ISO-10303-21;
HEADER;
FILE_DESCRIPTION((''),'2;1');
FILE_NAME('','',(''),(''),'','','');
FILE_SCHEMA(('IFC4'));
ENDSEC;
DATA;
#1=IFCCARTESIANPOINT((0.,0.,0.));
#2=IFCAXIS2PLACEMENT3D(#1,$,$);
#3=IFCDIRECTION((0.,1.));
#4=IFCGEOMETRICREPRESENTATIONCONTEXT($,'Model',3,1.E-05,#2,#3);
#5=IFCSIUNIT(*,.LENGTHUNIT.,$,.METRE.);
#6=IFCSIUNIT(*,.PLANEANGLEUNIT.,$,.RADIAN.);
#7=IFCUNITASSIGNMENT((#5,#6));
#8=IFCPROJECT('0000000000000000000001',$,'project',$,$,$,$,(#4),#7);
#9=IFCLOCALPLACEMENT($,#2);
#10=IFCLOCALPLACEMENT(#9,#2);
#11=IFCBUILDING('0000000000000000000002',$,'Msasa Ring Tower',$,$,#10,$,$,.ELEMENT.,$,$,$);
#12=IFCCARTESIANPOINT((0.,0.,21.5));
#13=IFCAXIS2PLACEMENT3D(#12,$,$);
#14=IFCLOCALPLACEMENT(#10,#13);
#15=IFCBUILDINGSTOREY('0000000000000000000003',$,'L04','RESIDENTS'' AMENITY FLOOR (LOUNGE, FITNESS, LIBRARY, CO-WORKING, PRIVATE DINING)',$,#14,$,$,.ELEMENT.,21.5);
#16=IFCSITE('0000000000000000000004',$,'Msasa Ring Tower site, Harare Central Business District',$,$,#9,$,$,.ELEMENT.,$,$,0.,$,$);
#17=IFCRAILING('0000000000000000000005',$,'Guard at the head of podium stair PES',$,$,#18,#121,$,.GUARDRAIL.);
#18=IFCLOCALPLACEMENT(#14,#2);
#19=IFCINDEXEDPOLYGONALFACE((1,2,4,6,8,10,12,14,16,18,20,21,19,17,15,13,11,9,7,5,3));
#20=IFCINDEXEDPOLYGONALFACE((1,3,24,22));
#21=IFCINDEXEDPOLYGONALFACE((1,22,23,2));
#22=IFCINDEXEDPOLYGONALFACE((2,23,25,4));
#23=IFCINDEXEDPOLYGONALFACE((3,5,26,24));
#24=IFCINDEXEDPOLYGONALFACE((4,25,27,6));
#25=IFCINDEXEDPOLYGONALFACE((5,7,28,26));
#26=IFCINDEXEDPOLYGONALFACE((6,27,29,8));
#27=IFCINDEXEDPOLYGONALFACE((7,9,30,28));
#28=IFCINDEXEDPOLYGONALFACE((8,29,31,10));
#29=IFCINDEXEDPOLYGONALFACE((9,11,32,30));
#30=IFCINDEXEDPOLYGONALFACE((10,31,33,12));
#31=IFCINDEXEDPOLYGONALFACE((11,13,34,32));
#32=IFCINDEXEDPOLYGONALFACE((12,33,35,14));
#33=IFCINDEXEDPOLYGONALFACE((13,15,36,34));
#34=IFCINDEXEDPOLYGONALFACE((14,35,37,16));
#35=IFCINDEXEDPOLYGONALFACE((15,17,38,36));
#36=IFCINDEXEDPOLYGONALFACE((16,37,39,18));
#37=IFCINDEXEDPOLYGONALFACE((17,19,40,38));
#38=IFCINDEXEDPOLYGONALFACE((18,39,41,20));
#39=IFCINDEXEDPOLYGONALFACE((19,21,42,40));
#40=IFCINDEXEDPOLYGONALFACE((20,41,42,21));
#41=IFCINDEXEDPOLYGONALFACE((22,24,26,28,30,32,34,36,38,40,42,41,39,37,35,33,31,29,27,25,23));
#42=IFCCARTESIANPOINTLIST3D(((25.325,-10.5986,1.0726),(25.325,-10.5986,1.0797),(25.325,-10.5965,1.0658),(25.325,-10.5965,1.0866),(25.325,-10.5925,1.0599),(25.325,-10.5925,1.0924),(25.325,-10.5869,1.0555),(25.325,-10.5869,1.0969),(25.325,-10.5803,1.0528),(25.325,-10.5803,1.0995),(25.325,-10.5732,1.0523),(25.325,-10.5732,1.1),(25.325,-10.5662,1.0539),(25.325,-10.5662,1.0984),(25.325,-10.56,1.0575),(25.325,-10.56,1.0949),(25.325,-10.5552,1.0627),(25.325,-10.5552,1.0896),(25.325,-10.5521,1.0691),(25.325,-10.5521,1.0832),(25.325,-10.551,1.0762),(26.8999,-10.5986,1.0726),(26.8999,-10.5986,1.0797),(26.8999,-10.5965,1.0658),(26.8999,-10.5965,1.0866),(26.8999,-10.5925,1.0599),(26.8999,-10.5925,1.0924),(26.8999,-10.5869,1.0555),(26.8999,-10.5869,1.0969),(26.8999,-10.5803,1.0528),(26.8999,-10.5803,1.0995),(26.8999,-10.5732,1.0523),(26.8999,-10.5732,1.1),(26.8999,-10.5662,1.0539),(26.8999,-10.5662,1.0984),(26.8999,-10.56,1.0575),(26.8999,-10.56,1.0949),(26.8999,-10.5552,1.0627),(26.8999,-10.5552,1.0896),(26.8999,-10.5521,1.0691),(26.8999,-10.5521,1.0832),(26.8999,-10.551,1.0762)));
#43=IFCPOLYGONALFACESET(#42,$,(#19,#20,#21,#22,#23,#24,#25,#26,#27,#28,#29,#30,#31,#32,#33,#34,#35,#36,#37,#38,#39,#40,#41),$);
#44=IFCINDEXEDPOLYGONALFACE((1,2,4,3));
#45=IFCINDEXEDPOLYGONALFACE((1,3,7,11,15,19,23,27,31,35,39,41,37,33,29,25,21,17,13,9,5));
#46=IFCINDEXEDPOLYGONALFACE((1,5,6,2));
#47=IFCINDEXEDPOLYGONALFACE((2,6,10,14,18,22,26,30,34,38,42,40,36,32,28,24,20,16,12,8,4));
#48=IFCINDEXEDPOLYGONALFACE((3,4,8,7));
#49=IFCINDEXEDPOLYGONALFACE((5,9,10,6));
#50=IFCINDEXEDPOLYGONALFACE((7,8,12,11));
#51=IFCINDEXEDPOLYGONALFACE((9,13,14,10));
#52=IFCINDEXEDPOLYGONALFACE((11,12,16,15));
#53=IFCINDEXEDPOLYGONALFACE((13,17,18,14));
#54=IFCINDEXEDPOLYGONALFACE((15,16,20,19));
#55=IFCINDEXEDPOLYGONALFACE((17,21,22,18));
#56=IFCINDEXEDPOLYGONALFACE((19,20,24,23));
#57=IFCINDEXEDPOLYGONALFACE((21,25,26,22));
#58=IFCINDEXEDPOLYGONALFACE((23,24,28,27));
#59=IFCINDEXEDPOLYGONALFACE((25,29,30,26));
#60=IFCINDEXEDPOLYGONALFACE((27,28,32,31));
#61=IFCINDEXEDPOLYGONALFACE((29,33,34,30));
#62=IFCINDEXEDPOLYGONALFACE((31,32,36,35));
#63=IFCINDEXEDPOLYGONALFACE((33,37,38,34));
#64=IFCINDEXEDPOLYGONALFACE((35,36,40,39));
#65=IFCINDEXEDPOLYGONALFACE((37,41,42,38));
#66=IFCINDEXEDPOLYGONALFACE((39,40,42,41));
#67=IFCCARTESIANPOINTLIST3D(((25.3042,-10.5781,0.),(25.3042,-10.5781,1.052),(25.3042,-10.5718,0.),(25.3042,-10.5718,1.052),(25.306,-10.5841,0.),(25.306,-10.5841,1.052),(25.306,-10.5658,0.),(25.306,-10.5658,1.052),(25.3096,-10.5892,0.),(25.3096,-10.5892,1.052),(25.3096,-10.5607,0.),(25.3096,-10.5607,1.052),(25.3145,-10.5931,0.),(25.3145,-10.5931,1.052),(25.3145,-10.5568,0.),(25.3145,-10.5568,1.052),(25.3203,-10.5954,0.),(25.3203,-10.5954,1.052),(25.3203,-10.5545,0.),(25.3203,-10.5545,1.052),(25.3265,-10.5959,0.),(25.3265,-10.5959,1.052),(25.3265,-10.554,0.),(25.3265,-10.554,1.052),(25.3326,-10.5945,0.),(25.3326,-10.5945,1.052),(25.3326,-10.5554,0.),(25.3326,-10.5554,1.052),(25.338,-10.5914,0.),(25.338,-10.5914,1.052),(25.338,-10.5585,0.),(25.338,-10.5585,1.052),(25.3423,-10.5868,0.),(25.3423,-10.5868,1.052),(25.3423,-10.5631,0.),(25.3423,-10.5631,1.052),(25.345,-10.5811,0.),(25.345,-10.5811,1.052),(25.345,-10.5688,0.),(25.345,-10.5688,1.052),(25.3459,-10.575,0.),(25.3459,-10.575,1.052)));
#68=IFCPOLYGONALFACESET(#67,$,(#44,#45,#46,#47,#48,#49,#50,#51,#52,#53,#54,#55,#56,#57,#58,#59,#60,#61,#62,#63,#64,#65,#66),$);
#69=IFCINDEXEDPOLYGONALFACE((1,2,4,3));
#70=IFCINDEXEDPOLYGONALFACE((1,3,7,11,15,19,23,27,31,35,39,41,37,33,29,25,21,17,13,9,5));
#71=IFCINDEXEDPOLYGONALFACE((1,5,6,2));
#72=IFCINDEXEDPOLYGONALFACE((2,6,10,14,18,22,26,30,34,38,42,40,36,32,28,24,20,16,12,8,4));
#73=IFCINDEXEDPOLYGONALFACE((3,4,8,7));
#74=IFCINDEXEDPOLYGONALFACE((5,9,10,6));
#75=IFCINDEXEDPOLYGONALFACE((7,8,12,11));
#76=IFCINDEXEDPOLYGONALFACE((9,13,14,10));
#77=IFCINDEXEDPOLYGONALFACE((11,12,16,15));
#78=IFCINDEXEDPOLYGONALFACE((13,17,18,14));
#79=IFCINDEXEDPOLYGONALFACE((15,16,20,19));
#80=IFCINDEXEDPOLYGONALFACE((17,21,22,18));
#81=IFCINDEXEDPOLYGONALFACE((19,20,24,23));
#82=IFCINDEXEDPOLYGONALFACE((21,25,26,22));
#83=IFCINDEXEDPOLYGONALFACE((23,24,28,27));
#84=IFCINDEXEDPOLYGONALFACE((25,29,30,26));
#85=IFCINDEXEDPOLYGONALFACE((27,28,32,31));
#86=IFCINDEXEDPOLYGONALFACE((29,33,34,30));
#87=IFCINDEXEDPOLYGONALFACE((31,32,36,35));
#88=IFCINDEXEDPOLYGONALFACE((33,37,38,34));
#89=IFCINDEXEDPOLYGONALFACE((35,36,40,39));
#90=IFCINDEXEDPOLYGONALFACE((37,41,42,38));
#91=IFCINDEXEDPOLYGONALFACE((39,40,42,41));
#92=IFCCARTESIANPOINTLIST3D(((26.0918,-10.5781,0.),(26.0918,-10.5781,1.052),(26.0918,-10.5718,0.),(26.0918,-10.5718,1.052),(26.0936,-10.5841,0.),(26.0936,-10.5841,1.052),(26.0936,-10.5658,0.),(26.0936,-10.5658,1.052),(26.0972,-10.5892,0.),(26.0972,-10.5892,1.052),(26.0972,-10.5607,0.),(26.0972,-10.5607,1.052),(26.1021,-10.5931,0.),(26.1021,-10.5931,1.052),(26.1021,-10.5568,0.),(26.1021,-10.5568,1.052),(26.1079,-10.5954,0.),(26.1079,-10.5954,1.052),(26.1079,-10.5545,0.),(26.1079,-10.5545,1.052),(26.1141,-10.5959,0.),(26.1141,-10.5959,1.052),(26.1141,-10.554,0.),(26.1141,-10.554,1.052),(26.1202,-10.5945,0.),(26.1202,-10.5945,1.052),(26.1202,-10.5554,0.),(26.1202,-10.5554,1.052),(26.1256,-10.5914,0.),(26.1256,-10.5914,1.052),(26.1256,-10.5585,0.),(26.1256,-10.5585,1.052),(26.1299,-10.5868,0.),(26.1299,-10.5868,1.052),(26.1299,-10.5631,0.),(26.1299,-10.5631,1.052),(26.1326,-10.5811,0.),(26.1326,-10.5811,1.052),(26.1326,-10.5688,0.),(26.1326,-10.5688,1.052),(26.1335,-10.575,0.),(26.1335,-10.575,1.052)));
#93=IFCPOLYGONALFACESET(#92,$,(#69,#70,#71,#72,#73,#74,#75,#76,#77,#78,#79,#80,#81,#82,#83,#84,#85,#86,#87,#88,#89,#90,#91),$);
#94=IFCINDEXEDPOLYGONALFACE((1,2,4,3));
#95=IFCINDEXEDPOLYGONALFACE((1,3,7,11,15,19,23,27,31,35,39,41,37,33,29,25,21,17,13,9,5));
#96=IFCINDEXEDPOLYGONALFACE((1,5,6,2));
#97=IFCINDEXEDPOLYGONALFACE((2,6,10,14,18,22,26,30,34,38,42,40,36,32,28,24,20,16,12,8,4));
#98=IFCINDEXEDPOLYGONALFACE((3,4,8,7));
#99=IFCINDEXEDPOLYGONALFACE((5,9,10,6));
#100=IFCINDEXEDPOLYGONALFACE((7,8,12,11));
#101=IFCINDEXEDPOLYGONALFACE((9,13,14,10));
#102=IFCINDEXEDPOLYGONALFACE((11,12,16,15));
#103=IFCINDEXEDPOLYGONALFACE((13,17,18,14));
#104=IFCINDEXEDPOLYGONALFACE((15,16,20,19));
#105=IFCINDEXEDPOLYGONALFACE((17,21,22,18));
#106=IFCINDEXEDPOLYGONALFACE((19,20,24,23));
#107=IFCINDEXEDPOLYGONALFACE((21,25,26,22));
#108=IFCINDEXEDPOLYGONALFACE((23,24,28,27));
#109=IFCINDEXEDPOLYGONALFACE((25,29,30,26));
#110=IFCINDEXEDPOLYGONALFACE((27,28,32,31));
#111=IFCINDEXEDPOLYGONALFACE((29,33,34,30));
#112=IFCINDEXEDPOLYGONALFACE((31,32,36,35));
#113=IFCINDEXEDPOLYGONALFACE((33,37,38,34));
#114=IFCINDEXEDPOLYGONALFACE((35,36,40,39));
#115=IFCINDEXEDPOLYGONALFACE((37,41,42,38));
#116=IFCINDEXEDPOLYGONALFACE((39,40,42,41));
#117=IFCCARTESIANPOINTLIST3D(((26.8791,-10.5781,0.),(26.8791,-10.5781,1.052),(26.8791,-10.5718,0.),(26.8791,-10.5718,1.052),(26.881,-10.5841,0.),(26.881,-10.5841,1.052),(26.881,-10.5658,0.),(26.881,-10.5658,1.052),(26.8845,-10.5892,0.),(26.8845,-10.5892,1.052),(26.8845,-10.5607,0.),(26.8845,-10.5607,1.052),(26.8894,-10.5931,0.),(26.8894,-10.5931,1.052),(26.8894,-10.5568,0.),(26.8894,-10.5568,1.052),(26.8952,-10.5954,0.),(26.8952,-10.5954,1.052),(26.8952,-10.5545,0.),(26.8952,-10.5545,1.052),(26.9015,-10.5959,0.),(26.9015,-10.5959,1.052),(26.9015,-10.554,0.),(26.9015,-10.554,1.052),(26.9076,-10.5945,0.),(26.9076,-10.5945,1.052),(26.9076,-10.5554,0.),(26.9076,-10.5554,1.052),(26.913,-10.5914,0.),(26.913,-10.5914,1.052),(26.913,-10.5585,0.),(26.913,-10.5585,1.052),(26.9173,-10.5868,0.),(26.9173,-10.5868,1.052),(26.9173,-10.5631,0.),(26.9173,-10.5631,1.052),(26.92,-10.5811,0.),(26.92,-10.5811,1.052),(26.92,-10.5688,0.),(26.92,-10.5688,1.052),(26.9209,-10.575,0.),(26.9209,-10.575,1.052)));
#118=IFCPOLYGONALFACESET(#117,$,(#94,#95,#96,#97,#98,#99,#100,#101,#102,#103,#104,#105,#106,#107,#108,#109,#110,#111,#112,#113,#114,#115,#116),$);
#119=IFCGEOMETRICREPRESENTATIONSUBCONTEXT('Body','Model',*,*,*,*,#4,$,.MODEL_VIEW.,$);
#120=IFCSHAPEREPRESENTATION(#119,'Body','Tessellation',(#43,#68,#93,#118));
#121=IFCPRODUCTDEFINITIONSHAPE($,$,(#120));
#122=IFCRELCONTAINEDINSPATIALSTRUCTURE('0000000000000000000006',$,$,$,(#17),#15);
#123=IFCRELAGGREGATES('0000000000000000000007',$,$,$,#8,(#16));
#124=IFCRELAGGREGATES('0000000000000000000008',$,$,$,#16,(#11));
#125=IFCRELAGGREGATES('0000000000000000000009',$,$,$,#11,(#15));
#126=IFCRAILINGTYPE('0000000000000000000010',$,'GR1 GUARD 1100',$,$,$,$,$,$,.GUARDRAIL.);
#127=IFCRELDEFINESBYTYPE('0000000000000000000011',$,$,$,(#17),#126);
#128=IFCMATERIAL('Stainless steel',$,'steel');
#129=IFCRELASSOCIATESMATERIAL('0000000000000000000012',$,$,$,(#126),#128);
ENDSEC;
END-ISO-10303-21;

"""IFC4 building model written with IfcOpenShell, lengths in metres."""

from ifc_helpers import new_model, si_unit, direction, frame, origin, origin_2d, place, context, subcontext, project, spatial, circle, extrude, material, type_object, element, save


model = new_model("IFC4")

# Units and contexts
model_context = context("Model", 3, precision=1e-05, world=origin(), true_north=direction((0.0, 1.0)))
body_context = subcontext(model_context, "Body", "Model", "MODEL_VIEW")
ifc_project = project(units=[si_unit("LENGTHUNIT", "METRE"), si_unit("PLANEANGLEUNIT", "RADIAN")], contexts=[model_context])

# Site, building, storey
site_placement = place(None, origin())
site = spatial("IfcSite", under=ifc_project, at=site_placement, Name="Msasa Ring Tower site, Harare Central Business District", CompositionType="ELEMENT", RefElevation=0.0)
building_placement = place(site_placement, origin())
building = spatial("IfcBuilding", under=site, at=building_placement, Name="Msasa Ring Tower", CompositionType="ELEMENT")
storey_placement = place(building_placement, frame((0.0, 0.0, 21.5)))
storey = spatial("IfcBuildingStorey", under=building, at=storey_placement, Name="L04", Description="RESIDENTS' AMENITY FLOOR (LOUNGE, FITNESS, LIBRARY, CO-WORKING, PRIVATE DINING)", CompositionType="ELEMENT", Elevation=21.5)

# Railing
ifc_material_1 = material(Name="Stainless steel", Category="steel")
railing_type = type_object("IfcRailingType", Name="GR1 GUARD 1100", PredefinedType="GUARDRAIL", material=ifc_material_1)
railing_placement = place(storey_placement, frame((25.325, -10.575, 0.0)))
element("IfcRailing", 1, at=railing_placement, inside=storey, type_object=railing_type, Name="Guard at the head of podium stair PES", PredefinedType="GUARDRAIL", context=body_context, shape_type="SweptSolid", body=[
    extrude(circle(Radius=0.0239, at=origin_2d()), frame((0.0, 0.0, 1.0762), z_axis=(1.0, 0.0, 0.0), x_axis=(0.0, 1.0, 0.0)), (0.0, 0.0, 1.0), 1.575),
    extrude(circle(Radius=0.021, at=origin_2d()), origin(), (0.0, 0.0, 1.0), 1.052),
    extrude(circle(Radius=0.021, at=origin_2d()), frame((0.7876, 0.0, 0.0)), (0.0, 0.0, 1.0), 1.052),
    extrude(circle(Radius=0.021, at=origin_2d()), frame((1.575, 0.0, 0.0)), (0.0, 0.0, 1.0), 1.052),
])

save(model, "model.ifc")
